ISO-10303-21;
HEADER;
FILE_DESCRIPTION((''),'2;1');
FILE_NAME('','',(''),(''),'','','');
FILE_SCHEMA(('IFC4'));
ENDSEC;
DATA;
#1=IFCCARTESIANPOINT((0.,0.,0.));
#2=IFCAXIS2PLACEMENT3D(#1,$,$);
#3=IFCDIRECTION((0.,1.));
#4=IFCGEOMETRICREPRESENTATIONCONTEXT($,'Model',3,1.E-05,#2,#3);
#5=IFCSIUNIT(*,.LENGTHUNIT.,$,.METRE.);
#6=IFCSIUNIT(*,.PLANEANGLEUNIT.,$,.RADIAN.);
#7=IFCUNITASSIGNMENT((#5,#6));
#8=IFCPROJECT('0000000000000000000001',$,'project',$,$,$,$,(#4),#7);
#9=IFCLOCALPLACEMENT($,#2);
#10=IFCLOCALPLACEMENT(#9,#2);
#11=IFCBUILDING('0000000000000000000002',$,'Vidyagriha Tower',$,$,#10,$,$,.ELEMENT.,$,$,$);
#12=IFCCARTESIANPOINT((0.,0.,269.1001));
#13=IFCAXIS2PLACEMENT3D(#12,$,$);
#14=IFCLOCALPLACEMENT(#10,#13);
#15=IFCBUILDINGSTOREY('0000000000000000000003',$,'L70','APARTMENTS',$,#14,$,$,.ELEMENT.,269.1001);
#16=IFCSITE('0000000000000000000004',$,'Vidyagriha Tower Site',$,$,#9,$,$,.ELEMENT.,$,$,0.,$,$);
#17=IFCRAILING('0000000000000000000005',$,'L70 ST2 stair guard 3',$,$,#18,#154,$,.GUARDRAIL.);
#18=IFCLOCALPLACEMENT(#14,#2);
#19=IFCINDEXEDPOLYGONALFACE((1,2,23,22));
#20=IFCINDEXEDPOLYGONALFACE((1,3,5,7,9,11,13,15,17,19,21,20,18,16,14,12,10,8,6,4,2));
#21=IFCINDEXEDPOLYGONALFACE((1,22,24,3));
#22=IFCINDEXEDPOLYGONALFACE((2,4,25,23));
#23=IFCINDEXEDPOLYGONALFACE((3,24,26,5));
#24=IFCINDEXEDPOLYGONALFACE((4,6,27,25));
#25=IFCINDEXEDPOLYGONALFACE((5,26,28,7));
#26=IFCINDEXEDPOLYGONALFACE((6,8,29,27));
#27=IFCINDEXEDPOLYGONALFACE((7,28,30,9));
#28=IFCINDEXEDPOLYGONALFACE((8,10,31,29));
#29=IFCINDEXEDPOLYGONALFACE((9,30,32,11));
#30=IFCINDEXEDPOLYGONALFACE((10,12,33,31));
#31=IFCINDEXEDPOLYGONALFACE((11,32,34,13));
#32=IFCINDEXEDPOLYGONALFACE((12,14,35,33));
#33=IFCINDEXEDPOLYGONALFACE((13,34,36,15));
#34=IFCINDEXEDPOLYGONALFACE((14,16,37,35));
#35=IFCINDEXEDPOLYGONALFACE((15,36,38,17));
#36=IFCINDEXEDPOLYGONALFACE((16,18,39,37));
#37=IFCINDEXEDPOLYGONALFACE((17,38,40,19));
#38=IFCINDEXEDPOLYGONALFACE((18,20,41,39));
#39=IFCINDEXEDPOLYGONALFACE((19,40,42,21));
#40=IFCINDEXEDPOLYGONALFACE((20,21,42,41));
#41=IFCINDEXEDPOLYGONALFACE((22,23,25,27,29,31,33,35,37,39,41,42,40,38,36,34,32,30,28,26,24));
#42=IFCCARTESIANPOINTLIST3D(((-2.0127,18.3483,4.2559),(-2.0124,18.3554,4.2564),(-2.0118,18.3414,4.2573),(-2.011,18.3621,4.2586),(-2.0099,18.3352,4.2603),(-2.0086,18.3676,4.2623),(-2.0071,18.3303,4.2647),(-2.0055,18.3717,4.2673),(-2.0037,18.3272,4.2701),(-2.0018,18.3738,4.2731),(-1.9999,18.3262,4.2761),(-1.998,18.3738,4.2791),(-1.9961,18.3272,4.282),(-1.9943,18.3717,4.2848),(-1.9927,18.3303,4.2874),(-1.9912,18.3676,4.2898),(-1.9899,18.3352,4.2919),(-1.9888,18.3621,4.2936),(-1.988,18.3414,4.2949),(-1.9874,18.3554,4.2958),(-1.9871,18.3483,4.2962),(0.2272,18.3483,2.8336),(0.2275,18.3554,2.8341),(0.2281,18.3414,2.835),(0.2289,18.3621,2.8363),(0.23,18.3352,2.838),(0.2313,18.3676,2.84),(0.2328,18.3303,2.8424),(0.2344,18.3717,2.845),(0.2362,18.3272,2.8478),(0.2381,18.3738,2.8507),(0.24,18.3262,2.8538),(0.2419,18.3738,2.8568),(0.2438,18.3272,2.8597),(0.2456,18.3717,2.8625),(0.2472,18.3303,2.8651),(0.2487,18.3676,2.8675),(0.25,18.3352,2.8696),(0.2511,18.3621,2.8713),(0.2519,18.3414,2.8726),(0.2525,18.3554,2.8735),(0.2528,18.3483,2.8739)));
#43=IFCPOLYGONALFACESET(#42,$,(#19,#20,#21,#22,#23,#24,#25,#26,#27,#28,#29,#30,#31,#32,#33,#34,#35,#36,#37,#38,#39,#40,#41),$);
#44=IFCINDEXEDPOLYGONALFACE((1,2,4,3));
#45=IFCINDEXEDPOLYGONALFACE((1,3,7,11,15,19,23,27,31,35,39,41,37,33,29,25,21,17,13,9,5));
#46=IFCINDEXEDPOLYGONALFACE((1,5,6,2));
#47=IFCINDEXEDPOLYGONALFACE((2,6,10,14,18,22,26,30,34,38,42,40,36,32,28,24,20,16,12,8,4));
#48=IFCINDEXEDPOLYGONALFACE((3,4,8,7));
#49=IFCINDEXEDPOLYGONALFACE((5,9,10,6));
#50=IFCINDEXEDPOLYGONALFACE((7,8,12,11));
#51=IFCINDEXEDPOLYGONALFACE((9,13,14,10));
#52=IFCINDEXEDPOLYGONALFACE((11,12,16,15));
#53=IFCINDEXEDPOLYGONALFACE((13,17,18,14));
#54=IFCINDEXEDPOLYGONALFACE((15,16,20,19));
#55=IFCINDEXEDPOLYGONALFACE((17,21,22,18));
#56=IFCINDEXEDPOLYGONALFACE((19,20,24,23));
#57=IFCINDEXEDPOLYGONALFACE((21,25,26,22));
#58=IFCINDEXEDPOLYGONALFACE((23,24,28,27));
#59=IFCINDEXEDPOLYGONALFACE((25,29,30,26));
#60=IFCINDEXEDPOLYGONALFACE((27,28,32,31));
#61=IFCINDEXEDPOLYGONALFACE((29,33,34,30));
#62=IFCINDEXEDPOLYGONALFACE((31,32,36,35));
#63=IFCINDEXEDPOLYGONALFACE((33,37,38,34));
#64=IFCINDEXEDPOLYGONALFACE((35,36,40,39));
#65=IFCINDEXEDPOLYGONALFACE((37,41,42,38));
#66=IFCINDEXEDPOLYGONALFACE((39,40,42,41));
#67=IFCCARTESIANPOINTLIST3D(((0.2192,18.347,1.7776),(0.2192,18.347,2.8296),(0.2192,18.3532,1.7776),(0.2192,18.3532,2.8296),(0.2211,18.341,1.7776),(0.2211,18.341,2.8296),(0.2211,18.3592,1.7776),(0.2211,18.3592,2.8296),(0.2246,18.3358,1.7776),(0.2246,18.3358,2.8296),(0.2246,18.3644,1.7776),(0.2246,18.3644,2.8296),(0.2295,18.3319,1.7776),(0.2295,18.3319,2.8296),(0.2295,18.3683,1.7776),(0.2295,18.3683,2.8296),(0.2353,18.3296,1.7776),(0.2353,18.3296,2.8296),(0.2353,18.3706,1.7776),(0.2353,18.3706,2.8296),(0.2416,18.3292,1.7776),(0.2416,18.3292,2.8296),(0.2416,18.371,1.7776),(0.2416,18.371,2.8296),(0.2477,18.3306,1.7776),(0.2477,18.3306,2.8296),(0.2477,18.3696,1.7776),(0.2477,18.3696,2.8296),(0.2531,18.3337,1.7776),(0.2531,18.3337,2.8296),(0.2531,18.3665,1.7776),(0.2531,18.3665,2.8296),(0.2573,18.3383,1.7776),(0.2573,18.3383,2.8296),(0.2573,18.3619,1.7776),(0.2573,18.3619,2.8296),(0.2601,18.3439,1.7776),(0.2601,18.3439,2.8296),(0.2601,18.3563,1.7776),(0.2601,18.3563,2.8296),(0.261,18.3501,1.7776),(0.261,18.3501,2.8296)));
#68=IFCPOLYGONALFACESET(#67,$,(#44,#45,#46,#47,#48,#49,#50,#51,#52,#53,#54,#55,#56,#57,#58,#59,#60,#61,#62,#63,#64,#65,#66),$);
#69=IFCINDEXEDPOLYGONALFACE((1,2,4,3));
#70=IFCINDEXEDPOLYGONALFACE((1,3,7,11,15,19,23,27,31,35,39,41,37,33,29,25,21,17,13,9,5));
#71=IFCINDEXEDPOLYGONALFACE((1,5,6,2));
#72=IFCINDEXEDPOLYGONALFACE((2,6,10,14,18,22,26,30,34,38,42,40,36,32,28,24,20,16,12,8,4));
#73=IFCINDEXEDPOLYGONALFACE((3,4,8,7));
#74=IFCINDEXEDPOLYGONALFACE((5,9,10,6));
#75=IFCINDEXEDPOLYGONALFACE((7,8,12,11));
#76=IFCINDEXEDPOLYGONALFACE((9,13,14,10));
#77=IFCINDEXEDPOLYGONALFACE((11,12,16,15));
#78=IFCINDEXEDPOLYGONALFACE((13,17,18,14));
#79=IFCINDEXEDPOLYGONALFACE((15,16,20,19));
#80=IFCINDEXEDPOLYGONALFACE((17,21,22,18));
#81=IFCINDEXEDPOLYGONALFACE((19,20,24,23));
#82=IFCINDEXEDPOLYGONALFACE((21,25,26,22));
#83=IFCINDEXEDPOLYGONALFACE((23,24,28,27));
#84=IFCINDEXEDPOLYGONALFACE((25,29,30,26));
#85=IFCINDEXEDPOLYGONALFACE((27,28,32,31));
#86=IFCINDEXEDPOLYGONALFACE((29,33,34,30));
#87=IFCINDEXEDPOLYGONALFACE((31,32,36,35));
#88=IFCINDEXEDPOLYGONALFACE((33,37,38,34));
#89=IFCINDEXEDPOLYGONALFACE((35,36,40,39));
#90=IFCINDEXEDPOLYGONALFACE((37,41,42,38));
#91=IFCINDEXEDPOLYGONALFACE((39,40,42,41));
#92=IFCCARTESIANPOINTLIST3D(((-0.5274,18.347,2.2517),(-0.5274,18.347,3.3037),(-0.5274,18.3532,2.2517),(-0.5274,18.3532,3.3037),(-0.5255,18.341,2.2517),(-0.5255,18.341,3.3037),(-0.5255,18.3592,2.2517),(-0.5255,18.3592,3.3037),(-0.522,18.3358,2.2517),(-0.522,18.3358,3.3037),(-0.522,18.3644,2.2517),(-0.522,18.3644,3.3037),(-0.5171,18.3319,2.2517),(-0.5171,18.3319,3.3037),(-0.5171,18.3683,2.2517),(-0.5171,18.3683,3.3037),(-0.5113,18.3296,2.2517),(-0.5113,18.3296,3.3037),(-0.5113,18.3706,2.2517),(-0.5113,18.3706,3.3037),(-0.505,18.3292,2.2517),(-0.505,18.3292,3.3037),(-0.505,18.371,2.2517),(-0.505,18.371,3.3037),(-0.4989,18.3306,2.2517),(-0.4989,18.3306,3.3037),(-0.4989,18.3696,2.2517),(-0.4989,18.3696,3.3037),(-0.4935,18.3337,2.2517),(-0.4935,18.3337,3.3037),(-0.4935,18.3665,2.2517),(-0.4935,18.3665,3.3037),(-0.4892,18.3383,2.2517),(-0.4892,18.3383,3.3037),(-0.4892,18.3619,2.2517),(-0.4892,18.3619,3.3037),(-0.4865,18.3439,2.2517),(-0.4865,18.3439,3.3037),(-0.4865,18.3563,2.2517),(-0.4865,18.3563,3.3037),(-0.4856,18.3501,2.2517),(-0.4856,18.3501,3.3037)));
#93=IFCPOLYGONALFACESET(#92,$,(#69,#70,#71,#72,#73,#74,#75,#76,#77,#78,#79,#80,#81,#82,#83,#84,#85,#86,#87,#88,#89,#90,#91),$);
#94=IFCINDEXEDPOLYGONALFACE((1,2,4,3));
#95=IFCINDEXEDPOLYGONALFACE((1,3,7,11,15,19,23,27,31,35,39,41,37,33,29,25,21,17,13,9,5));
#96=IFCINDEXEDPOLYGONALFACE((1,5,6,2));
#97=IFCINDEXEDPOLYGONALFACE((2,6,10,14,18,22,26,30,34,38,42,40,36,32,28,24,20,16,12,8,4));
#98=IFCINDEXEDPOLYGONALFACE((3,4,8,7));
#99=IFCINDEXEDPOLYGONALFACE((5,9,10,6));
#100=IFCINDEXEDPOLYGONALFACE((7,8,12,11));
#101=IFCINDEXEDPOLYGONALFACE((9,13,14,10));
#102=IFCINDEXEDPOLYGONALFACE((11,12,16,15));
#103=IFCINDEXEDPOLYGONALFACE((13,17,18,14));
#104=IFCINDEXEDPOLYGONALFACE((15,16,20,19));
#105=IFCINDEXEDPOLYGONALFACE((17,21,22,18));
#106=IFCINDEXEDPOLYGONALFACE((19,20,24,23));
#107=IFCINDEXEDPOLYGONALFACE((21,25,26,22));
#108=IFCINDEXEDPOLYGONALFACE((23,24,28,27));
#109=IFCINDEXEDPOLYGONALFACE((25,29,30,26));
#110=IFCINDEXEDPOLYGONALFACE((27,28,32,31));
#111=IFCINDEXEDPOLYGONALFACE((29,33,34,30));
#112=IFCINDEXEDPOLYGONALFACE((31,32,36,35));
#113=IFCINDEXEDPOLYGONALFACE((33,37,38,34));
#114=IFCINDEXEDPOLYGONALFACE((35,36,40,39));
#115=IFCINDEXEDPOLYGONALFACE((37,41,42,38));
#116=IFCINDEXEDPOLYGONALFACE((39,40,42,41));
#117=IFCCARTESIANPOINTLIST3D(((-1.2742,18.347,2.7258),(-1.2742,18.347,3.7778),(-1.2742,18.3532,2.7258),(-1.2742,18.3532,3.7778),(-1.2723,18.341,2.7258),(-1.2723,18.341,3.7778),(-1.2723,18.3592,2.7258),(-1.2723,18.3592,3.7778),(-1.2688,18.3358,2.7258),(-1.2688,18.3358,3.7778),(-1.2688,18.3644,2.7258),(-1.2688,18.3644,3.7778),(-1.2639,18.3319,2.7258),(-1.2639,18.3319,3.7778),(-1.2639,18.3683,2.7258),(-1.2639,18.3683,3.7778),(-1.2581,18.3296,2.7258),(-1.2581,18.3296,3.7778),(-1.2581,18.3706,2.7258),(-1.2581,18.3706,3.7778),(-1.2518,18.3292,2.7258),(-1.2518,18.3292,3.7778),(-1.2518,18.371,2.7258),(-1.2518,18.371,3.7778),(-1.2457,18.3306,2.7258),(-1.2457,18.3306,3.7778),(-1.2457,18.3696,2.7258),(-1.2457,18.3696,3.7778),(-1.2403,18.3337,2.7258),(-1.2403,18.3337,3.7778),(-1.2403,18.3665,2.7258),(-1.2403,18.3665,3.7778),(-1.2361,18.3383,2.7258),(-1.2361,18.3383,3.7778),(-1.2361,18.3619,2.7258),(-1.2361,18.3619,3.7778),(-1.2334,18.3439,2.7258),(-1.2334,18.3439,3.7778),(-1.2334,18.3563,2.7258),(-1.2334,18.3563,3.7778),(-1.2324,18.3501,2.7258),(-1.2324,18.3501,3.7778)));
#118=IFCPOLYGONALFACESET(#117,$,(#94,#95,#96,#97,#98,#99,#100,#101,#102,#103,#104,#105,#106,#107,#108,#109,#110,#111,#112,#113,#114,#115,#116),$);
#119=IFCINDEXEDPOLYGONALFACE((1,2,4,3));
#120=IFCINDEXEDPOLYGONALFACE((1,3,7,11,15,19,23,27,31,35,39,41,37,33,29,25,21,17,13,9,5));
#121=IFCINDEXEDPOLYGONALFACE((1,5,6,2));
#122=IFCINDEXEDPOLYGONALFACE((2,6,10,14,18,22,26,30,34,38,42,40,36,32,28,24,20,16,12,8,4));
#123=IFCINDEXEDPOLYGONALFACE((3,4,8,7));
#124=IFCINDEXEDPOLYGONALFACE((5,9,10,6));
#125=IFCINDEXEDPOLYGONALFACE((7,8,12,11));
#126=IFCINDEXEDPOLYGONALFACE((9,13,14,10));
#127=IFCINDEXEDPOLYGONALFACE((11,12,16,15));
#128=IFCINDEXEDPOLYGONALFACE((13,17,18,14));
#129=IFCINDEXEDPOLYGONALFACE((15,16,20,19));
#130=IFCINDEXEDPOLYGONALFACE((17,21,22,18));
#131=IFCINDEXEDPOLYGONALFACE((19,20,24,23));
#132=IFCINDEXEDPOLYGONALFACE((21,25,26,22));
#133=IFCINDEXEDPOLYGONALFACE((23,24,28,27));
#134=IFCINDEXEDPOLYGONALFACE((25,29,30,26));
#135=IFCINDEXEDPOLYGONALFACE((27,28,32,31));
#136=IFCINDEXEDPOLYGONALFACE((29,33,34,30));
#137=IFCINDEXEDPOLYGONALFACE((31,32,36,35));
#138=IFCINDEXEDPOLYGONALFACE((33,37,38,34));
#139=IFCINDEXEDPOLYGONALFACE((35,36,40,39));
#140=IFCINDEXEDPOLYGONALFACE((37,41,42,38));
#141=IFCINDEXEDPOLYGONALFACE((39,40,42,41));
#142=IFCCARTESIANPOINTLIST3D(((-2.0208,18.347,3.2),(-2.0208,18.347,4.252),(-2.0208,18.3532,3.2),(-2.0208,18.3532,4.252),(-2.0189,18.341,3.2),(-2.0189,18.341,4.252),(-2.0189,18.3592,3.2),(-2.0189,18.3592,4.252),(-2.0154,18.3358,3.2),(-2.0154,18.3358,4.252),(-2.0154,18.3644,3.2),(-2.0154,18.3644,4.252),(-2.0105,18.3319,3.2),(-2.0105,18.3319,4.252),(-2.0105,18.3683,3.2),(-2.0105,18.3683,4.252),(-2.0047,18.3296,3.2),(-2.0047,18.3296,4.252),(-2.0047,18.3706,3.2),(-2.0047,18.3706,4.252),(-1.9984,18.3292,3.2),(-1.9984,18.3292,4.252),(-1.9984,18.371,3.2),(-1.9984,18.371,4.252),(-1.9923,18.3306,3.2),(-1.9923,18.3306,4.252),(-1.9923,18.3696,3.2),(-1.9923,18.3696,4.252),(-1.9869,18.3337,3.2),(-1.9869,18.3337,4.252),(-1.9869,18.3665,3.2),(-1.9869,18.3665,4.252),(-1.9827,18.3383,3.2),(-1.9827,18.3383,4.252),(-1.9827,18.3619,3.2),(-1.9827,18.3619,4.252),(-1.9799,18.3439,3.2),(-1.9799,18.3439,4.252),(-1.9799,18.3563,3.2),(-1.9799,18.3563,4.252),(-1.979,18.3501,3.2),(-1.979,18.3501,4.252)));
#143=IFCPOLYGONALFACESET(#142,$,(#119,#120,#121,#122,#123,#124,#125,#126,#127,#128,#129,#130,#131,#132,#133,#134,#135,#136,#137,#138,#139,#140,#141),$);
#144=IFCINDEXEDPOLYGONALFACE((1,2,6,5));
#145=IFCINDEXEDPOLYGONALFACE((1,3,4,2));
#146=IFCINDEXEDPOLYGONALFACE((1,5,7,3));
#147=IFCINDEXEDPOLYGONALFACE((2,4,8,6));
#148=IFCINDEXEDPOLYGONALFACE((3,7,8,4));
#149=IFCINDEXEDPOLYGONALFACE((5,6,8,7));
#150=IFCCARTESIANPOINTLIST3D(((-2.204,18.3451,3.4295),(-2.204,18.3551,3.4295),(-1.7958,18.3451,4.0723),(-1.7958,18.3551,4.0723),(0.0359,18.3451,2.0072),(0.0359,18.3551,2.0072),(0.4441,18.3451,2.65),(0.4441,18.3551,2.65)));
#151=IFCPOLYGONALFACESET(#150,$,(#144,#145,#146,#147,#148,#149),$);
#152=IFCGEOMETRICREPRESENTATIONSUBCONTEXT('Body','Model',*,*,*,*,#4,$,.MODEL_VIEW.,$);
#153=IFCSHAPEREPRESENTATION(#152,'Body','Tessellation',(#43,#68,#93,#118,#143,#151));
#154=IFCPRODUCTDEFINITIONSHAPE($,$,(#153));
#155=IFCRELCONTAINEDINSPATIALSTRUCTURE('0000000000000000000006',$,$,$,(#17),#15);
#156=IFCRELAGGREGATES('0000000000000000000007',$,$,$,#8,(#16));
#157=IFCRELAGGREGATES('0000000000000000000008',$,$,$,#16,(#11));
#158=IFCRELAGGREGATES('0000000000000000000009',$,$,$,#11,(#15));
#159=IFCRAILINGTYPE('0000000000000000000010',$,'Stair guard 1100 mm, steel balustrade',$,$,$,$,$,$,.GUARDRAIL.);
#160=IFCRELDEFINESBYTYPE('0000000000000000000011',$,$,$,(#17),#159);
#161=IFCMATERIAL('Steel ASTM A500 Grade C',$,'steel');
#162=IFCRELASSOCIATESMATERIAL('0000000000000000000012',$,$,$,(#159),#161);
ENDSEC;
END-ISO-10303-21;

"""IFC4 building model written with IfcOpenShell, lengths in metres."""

from ifc_helpers import new_model, si_unit, direction, frame, origin, origin_2d, place, context, subcontext, project, spatial, rectangle, circle, extrude, material, type_object, element, save


model = new_model("IFC4")

# Units and contexts
model_context = context("Model", 3, precision=1e-05, world=origin(), true_north=direction((0.0, 1.0)))
body_context = subcontext(model_context, "Body", "Model", "MODEL_VIEW")
ifc_project = project(units=[si_unit("LENGTHUNIT", "METRE"), si_unit("PLANEANGLEUNIT", "RADIAN")], contexts=[model_context])

# Site, building, storey
site_placement = place(None, origin())
site = spatial("IfcSite", under=ifc_project, at=site_placement, Name="Vidyagriha Tower Site", CompositionType="ELEMENT", RefElevation=0.0)
building_placement = place(site_placement, origin())
building = spatial("IfcBuilding", under=site, at=building_placement, Name="Vidyagriha Tower", CompositionType="ELEMENT")
storey_placement = place(building_placement, frame((0.0, 0.0, 269.1001)))
storey = spatial("IfcBuildingStorey", under=building, at=storey_placement, Name="L70", Description="APARTMENTS", CompositionType="ELEMENT", Elevation=269.1001)

# Railing
ifc_material_1 = material(Name="Steel ASTM A500 Grade C", Category="steel")
railing_type_1 = type_object("IfcRailingType", Name="Stair guard 1100 mm, steel balustrade", PredefinedType="GUARDRAIL", material=ifc_material_1)
railing_1_placement = place(storey_placement, frame((0.24, 18.3501, 1.7776)))
element("IfcRailing", 1, at=railing_1_placement, inside=storey, type_object=railing_type_1, Name="L70 ST2 stair guard 3", PredefinedType="GUARDRAIL", context=body_context, shape_type="SweptSolid", body=[
    extrude(circle(Radius=0.0239, at=origin_2d()), frame((0.0, 0.0, 1.0762), z_axis=(-0.844188, 0.0, 0.536048), x_axis=(0.0, -1.0, 0.0)), (0.0, 0.0, 1.0), 2.6533),
    extrude(circle(Radius=0.021, at=origin_2d()), origin(), (0.0, 0.0, 1.0), 1.052),
    extrude(circle(Radius=0.021, at=origin_2d()), frame((-0.7466, 0.0, 0.4741)), (0.0, 0.0, 1.0), 1.052),
    extrude(circle(Radius=0.021, at=origin_2d()), frame((-1.4934, 0.0, 0.9482)), (0.0, 0.0, 1.0), 1.052),
    extrude(circle(Radius=0.021, at=origin_2d()), frame((-2.24, 0.0, 1.4224)), (0.0, 0.0, 1.0), 1.052),
    extrude(rectangle(XDim=0.01, YDim=0.7615, at=origin_2d()), frame((0.0, 0.0, 0.551), z_axis=(-0.844188, 0.0, 0.536048), x_axis=(0.0, -1.0, 0.0)), (0.0, 0.0, 1.0), 2.6533),
])

save(model, "model.ifc")
